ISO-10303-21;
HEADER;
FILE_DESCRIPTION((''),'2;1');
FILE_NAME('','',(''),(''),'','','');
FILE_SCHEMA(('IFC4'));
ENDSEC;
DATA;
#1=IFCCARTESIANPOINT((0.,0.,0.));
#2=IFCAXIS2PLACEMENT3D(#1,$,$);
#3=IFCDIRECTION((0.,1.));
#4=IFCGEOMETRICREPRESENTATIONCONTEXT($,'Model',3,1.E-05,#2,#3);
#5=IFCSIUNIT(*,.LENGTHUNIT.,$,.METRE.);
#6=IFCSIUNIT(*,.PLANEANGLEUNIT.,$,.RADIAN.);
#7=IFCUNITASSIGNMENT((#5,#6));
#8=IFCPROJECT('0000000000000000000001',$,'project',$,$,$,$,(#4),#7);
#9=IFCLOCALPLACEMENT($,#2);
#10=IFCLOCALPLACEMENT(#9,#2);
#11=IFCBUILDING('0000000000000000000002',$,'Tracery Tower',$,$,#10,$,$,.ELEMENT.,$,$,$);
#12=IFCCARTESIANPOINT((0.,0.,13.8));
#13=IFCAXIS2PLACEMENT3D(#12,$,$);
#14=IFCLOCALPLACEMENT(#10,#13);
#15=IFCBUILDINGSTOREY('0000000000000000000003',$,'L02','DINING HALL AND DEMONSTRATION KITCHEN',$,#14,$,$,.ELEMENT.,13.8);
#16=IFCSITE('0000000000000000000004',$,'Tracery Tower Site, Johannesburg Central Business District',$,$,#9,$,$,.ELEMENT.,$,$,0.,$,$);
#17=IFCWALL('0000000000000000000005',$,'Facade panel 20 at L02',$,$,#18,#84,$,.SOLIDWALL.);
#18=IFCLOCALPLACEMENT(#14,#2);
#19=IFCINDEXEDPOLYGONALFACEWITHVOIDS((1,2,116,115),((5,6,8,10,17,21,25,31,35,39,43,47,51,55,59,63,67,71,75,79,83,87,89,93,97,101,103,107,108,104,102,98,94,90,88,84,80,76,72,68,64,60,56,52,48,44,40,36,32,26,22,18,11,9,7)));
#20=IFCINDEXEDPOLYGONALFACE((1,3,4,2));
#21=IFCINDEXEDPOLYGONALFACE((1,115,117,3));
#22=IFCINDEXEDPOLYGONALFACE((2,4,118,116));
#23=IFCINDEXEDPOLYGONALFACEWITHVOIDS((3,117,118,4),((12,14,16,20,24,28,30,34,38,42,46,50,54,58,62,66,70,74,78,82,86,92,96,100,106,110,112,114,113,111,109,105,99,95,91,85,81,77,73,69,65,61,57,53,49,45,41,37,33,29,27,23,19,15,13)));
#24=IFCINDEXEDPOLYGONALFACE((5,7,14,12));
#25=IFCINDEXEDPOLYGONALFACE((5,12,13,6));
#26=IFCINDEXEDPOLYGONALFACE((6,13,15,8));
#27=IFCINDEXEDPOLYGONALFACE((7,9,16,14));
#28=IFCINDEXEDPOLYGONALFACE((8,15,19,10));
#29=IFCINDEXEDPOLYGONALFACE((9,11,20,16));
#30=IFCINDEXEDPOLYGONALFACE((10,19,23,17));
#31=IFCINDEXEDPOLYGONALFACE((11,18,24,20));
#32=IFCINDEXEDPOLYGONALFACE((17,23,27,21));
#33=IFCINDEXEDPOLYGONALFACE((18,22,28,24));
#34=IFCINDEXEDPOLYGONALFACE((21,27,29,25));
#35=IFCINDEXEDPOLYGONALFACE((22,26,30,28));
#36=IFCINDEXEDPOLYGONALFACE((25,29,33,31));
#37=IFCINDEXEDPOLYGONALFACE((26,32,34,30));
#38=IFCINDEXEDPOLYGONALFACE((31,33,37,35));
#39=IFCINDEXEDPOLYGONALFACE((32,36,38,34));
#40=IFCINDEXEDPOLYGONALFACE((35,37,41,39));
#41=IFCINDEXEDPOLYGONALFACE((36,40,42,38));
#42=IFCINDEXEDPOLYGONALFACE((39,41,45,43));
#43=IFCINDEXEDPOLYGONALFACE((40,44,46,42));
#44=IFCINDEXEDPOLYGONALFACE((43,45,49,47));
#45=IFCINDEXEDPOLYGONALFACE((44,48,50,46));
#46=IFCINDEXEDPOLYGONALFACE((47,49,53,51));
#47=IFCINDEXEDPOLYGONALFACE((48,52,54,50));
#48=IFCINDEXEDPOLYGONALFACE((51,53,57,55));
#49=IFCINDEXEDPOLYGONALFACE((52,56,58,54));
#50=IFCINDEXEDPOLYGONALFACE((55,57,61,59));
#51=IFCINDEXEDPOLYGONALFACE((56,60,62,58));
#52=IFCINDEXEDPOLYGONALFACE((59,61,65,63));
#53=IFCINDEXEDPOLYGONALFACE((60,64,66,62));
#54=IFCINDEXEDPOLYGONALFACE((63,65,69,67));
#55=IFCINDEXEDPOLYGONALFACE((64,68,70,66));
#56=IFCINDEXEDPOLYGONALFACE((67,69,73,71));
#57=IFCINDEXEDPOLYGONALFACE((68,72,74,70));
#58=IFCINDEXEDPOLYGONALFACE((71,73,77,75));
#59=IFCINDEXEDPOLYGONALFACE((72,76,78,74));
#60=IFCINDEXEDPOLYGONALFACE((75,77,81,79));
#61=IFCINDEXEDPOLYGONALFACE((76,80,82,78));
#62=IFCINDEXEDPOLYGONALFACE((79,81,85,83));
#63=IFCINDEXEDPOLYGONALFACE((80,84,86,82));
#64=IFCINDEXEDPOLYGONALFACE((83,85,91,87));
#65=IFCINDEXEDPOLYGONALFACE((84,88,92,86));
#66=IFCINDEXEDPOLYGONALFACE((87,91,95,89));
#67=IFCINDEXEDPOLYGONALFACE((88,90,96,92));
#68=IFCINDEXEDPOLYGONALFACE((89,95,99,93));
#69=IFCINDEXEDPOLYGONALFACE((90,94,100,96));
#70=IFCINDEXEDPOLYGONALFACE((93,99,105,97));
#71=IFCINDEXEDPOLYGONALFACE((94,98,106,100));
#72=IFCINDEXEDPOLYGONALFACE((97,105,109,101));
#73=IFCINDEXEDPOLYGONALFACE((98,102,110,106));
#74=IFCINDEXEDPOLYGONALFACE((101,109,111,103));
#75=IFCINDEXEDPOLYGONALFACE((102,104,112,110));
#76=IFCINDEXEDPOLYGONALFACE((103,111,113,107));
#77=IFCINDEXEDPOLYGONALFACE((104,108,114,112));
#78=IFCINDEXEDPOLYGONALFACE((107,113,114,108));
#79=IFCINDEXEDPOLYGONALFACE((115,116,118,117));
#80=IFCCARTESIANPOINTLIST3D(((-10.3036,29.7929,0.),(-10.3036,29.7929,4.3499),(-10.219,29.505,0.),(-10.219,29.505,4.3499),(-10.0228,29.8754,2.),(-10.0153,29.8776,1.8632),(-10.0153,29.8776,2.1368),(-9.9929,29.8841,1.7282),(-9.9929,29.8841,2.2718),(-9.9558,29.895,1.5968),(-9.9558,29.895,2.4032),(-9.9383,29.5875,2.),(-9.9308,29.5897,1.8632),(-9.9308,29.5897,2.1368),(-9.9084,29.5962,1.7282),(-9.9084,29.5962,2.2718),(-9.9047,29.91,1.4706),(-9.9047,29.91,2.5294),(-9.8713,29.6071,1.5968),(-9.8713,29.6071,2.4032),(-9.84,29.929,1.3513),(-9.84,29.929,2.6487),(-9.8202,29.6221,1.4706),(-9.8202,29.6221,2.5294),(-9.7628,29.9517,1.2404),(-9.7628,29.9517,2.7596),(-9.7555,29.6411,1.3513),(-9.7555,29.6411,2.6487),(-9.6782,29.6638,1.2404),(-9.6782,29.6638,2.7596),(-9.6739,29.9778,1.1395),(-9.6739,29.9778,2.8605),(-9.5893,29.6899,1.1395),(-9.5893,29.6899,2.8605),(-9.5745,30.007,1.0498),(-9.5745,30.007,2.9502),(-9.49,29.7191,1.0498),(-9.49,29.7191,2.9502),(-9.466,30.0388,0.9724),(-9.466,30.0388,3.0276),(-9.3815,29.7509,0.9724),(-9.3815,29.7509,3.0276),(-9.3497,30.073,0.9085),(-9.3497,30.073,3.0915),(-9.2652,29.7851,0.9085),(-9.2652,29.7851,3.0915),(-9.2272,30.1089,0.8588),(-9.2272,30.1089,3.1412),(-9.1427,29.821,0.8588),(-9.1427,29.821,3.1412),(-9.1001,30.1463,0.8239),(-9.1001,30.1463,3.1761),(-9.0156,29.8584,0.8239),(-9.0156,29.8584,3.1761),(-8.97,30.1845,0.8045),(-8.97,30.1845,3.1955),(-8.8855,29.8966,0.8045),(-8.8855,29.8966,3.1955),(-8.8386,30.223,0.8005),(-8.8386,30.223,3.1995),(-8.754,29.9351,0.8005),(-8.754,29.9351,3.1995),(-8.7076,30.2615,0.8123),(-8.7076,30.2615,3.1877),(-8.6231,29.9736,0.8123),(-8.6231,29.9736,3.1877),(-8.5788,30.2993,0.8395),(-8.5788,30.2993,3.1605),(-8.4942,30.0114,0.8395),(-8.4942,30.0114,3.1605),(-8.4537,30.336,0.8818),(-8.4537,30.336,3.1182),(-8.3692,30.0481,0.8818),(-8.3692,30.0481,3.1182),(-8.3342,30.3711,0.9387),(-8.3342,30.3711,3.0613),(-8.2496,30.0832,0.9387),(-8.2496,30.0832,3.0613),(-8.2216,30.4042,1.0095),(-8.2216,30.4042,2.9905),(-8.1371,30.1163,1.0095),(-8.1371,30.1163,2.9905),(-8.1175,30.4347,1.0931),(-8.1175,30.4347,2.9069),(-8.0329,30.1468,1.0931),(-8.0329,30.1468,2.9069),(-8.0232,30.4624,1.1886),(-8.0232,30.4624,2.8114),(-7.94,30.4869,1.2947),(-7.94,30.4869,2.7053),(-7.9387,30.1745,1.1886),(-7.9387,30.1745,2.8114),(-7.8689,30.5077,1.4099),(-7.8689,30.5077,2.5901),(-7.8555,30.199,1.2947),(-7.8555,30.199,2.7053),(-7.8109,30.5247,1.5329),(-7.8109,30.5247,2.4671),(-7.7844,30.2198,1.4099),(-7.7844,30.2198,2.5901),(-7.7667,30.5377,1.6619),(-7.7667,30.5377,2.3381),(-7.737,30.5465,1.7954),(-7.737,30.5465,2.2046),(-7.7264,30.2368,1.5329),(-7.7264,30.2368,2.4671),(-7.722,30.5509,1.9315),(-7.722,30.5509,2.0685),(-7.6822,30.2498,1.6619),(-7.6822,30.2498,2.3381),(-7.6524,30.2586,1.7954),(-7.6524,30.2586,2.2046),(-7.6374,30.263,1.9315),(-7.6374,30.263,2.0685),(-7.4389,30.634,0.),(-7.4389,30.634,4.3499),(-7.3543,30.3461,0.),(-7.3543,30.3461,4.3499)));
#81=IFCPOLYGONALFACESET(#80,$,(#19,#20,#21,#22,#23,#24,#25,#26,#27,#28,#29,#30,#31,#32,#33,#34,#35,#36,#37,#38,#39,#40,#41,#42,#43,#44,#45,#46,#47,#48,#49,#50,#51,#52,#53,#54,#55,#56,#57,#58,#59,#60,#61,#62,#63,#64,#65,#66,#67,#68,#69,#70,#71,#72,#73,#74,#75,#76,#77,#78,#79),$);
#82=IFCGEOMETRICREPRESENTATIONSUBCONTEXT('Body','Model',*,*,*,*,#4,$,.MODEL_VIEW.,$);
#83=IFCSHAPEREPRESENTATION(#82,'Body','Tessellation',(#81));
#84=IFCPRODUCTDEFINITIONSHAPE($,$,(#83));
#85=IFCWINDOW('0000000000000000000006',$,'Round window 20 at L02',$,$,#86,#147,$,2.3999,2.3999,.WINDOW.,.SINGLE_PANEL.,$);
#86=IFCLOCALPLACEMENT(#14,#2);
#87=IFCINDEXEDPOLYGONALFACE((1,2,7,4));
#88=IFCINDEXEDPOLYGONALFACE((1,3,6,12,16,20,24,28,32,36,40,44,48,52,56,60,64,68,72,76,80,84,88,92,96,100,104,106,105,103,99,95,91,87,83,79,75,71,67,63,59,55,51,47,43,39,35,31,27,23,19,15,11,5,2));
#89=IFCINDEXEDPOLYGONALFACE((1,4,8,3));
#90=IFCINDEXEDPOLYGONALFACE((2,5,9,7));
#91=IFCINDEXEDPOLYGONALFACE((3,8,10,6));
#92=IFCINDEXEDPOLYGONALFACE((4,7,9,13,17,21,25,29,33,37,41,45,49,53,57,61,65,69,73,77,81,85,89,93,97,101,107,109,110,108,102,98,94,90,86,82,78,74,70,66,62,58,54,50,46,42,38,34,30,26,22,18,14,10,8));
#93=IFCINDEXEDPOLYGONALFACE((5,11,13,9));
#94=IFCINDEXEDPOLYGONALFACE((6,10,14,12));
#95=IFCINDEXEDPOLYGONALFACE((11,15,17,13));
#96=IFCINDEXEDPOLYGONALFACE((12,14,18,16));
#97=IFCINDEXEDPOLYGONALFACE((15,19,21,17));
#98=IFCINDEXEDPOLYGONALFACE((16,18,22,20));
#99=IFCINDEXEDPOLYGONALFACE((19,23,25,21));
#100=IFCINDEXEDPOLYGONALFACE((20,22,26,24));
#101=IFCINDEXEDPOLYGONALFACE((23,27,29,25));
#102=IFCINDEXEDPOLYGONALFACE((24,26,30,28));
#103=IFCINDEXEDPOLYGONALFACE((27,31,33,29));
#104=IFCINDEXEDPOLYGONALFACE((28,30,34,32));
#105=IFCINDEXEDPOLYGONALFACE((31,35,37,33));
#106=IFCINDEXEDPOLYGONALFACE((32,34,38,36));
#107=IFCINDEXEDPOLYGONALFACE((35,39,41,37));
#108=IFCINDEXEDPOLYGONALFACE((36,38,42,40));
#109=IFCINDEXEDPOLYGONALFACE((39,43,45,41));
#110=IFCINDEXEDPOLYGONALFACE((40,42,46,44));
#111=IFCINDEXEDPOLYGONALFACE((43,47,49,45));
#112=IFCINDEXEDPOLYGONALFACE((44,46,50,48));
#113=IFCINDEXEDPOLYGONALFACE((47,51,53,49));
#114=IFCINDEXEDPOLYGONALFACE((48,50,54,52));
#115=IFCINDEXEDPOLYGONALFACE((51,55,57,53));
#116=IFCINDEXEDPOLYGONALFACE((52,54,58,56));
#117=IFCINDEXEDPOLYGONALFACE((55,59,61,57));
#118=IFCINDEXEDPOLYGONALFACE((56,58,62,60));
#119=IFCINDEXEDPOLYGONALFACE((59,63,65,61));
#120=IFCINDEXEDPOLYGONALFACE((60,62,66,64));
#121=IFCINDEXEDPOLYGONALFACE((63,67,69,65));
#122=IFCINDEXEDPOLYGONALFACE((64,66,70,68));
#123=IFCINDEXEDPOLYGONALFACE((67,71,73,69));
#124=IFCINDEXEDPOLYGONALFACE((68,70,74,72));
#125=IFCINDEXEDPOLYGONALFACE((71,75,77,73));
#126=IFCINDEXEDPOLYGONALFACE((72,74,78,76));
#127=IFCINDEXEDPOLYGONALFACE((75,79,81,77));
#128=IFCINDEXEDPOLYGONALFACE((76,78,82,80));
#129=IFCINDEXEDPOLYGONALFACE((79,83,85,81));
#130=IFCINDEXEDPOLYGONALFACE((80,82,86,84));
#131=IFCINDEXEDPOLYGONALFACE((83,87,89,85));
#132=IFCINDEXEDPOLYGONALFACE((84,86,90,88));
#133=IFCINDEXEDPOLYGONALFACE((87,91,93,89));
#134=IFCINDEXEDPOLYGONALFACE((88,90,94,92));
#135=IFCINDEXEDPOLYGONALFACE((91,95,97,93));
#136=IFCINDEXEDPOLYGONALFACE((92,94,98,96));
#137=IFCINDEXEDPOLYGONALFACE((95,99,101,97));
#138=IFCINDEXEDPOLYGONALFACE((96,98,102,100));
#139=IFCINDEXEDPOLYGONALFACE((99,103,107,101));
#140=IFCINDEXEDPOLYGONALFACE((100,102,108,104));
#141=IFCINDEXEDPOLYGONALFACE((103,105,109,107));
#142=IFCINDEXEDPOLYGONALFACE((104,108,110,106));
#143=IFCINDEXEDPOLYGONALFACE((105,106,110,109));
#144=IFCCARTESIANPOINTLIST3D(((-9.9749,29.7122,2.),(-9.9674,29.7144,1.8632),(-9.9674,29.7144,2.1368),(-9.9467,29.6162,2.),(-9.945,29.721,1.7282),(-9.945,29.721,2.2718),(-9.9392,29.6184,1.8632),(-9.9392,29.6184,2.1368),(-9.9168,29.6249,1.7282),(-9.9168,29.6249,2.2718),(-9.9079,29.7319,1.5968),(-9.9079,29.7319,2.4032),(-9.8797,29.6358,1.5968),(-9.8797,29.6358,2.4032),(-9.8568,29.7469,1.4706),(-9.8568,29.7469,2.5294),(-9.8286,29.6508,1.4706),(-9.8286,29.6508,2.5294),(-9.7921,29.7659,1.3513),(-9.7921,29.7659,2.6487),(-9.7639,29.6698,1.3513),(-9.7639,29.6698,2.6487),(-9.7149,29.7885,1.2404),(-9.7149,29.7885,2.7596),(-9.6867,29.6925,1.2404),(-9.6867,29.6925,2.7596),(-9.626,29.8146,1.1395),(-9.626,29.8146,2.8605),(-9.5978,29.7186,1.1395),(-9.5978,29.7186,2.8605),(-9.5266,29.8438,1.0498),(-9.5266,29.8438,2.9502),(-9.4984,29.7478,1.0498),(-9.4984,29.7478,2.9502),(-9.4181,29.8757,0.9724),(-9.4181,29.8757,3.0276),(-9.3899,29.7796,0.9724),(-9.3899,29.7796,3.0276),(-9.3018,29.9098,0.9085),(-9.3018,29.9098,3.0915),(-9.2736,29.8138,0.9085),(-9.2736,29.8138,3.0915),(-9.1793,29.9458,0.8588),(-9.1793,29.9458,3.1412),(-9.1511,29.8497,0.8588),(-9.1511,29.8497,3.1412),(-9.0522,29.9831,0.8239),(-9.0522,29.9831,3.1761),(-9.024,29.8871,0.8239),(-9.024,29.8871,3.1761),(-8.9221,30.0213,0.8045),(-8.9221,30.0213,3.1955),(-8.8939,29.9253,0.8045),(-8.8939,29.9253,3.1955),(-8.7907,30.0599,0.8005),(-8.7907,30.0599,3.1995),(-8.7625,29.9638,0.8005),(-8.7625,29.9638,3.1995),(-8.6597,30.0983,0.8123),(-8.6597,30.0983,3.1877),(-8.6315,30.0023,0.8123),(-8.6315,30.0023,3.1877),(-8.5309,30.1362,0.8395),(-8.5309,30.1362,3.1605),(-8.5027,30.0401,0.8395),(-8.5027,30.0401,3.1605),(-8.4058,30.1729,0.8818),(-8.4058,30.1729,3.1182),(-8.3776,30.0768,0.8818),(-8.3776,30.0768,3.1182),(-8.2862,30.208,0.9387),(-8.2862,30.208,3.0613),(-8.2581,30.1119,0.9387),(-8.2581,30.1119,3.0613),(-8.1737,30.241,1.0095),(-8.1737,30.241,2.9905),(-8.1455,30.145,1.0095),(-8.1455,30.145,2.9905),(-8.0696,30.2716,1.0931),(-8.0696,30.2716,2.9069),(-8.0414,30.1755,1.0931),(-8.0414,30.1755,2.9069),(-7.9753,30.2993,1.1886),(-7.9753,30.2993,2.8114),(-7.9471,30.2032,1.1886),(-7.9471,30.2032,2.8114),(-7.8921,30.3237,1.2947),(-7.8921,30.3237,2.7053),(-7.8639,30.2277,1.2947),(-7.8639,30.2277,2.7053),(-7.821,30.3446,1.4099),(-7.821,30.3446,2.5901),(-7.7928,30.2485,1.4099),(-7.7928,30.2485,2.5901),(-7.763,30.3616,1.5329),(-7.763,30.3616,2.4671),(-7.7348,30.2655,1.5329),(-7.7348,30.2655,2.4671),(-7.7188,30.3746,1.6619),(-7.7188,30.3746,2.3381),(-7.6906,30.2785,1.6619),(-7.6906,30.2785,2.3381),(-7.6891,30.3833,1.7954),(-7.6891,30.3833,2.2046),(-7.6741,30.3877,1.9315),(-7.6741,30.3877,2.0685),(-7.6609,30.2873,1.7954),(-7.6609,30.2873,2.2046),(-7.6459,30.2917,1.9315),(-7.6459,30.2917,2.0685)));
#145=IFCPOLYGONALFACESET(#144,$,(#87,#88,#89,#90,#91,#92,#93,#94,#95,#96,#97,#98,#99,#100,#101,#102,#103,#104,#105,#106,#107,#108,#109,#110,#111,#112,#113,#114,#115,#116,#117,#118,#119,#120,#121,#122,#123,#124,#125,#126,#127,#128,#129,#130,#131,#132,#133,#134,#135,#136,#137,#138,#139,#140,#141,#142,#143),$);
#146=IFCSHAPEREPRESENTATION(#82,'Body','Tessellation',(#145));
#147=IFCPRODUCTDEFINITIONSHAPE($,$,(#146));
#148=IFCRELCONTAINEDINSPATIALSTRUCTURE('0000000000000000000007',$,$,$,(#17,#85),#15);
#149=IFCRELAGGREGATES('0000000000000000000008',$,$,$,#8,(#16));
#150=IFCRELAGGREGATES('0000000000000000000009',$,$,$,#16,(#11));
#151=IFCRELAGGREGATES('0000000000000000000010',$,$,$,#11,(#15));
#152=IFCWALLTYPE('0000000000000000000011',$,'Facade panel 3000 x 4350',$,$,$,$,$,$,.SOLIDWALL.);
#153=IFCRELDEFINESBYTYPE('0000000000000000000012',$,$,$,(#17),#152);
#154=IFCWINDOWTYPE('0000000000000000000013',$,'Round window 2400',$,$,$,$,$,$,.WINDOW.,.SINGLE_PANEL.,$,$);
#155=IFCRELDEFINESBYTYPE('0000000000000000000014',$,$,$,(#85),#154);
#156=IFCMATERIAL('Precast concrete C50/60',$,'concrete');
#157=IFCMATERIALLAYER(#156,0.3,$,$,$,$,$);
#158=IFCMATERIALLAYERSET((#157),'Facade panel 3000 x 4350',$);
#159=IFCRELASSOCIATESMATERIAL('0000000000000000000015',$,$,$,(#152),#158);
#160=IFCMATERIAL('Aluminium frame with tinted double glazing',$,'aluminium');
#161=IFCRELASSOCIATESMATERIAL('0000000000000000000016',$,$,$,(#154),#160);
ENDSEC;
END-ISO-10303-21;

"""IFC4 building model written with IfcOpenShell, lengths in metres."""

from ifc_helpers import new_model, si_unit, direction, frame, frame_2d, origin, origin_2d, place, context, subcontext, project, spatial, rectangle, circle, extrude, material, layer, layer_set, type_object, element, fill, save


model = new_model("IFC4")

# Units and contexts
model_context = context("Model", 3, precision=1e-05, world=origin(), true_north=direction((0.0, 1.0)))
body_context = subcontext(model_context, "Body", "Model", "MODEL_VIEW")
ifc_project = project(units=[si_unit("LENGTHUNIT", "METRE"), si_unit("PLANEANGLEUNIT", "RADIAN")], contexts=[model_context])

# Site, building, storey
site_placement = place(None, origin())
site = spatial("IfcSite", under=ifc_project, at=site_placement, Name="Tracery Tower Site, Johannesburg Central Business District", CompositionType="ELEMENT", RefElevation=0.0)
building_placement = place(site_placement, origin())
building = spatial("IfcBuilding", under=site, at=building_placement, Name="Tracery Tower", CompositionType="ELEMENT")
storey_placement = place(building_placement, frame((0.0, 0.0, 13.8)))
storey = spatial("IfcBuildingStorey", under=building, at=storey_placement, Name="L02", Description="DINING HALL AND DEMONSTRATION KITCHEN", CompositionType="ELEMENT", Elevation=13.8)

# Wall, opening, window
ifc_material_1 = material(Name="Precast concrete C50/60", Category="concrete")
ifc_layer_1 = layer(ifc_material_1, 0.3)
ifc_layer_set_1 = layer_set([ifc_layer_1], Name="Facade panel 3000 x 4350")
wall_type_1 = type_object("IfcWallType", Name="Facade panel 3000 x 4350", PredefinedType="SOLIDWALL", material=ifc_layer_set_1)
ifc_material_2 = material(Name="Aluminium frame with tinted double glazing", Category="aluminium")
window_type = type_object("IfcWindowType", Name="Round window 2400", PartitioningType="SINGLE_PANEL", PredefinedType="WINDOW", material=ifc_material_2)
wall_1_placement = place(storey_placement, frame((-7.3967, 30.49, 0.0), z_axis=(0.0, 0.0, 1.0), x_axis=(-0.959502, -0.281701, 0.0)))
wall_1 = element("IfcWall", 1, at=wall_1_placement, inside=storey, type_object=wall_type_1, Name="Facade panel 20 at L02", PredefinedType="SOLIDWALL", context=body_context, shape_type="SweptSolid", body=[
    extrude(rectangle(XDim=2.9856, YDim=0.3, at=frame_2d((1.4927, 0.0))), origin(), (0.0, 0.0, 1.0), 4.3499),
])
opening_1_placement = place(wall_1_placement, frame((1.4929, 0.0, 2.0)))
opening_1 = element("IfcOpeningElement", 2, at=opening_1_placement, cuts=wall_1, PredefinedType="OPENING", context=body_context, shape_type="SweptSolid", body=[
    extrude(circle(Radius=1.2, at=origin_2d()), frame((0.0, 0.1599, 0.0), z_axis=(0.0, -1.0, 0.0), x_axis=(1.0, 0.0, 0.0)), (0.0, 0.0, 1.0), 0.3201),
])
window_1_placement = place(opening_1_placement, origin())
window_1 = element("IfcWindow", 3, at=window_1_placement, inside=storey, type_object=window_type, Name="Round window 20 at L02", OverallHeight=2.3999, OverallWidth=2.3999, PartitioningType="SINGLE_PANEL", PredefinedType="WINDOW", context=body_context, shape_type="SweptSolid", body=[
    extrude(circle(Radius=1.2, at=origin_2d()), frame((0.0, 0.1201, 0.0), z_axis=(0.0, -1.0, 0.0), x_axis=(1.0, 0.0, 0.0)), (0.0, 0.0, 1.0), 0.1001),
])
fill(opening_1, window_1)

save(model, "model.ifc")
